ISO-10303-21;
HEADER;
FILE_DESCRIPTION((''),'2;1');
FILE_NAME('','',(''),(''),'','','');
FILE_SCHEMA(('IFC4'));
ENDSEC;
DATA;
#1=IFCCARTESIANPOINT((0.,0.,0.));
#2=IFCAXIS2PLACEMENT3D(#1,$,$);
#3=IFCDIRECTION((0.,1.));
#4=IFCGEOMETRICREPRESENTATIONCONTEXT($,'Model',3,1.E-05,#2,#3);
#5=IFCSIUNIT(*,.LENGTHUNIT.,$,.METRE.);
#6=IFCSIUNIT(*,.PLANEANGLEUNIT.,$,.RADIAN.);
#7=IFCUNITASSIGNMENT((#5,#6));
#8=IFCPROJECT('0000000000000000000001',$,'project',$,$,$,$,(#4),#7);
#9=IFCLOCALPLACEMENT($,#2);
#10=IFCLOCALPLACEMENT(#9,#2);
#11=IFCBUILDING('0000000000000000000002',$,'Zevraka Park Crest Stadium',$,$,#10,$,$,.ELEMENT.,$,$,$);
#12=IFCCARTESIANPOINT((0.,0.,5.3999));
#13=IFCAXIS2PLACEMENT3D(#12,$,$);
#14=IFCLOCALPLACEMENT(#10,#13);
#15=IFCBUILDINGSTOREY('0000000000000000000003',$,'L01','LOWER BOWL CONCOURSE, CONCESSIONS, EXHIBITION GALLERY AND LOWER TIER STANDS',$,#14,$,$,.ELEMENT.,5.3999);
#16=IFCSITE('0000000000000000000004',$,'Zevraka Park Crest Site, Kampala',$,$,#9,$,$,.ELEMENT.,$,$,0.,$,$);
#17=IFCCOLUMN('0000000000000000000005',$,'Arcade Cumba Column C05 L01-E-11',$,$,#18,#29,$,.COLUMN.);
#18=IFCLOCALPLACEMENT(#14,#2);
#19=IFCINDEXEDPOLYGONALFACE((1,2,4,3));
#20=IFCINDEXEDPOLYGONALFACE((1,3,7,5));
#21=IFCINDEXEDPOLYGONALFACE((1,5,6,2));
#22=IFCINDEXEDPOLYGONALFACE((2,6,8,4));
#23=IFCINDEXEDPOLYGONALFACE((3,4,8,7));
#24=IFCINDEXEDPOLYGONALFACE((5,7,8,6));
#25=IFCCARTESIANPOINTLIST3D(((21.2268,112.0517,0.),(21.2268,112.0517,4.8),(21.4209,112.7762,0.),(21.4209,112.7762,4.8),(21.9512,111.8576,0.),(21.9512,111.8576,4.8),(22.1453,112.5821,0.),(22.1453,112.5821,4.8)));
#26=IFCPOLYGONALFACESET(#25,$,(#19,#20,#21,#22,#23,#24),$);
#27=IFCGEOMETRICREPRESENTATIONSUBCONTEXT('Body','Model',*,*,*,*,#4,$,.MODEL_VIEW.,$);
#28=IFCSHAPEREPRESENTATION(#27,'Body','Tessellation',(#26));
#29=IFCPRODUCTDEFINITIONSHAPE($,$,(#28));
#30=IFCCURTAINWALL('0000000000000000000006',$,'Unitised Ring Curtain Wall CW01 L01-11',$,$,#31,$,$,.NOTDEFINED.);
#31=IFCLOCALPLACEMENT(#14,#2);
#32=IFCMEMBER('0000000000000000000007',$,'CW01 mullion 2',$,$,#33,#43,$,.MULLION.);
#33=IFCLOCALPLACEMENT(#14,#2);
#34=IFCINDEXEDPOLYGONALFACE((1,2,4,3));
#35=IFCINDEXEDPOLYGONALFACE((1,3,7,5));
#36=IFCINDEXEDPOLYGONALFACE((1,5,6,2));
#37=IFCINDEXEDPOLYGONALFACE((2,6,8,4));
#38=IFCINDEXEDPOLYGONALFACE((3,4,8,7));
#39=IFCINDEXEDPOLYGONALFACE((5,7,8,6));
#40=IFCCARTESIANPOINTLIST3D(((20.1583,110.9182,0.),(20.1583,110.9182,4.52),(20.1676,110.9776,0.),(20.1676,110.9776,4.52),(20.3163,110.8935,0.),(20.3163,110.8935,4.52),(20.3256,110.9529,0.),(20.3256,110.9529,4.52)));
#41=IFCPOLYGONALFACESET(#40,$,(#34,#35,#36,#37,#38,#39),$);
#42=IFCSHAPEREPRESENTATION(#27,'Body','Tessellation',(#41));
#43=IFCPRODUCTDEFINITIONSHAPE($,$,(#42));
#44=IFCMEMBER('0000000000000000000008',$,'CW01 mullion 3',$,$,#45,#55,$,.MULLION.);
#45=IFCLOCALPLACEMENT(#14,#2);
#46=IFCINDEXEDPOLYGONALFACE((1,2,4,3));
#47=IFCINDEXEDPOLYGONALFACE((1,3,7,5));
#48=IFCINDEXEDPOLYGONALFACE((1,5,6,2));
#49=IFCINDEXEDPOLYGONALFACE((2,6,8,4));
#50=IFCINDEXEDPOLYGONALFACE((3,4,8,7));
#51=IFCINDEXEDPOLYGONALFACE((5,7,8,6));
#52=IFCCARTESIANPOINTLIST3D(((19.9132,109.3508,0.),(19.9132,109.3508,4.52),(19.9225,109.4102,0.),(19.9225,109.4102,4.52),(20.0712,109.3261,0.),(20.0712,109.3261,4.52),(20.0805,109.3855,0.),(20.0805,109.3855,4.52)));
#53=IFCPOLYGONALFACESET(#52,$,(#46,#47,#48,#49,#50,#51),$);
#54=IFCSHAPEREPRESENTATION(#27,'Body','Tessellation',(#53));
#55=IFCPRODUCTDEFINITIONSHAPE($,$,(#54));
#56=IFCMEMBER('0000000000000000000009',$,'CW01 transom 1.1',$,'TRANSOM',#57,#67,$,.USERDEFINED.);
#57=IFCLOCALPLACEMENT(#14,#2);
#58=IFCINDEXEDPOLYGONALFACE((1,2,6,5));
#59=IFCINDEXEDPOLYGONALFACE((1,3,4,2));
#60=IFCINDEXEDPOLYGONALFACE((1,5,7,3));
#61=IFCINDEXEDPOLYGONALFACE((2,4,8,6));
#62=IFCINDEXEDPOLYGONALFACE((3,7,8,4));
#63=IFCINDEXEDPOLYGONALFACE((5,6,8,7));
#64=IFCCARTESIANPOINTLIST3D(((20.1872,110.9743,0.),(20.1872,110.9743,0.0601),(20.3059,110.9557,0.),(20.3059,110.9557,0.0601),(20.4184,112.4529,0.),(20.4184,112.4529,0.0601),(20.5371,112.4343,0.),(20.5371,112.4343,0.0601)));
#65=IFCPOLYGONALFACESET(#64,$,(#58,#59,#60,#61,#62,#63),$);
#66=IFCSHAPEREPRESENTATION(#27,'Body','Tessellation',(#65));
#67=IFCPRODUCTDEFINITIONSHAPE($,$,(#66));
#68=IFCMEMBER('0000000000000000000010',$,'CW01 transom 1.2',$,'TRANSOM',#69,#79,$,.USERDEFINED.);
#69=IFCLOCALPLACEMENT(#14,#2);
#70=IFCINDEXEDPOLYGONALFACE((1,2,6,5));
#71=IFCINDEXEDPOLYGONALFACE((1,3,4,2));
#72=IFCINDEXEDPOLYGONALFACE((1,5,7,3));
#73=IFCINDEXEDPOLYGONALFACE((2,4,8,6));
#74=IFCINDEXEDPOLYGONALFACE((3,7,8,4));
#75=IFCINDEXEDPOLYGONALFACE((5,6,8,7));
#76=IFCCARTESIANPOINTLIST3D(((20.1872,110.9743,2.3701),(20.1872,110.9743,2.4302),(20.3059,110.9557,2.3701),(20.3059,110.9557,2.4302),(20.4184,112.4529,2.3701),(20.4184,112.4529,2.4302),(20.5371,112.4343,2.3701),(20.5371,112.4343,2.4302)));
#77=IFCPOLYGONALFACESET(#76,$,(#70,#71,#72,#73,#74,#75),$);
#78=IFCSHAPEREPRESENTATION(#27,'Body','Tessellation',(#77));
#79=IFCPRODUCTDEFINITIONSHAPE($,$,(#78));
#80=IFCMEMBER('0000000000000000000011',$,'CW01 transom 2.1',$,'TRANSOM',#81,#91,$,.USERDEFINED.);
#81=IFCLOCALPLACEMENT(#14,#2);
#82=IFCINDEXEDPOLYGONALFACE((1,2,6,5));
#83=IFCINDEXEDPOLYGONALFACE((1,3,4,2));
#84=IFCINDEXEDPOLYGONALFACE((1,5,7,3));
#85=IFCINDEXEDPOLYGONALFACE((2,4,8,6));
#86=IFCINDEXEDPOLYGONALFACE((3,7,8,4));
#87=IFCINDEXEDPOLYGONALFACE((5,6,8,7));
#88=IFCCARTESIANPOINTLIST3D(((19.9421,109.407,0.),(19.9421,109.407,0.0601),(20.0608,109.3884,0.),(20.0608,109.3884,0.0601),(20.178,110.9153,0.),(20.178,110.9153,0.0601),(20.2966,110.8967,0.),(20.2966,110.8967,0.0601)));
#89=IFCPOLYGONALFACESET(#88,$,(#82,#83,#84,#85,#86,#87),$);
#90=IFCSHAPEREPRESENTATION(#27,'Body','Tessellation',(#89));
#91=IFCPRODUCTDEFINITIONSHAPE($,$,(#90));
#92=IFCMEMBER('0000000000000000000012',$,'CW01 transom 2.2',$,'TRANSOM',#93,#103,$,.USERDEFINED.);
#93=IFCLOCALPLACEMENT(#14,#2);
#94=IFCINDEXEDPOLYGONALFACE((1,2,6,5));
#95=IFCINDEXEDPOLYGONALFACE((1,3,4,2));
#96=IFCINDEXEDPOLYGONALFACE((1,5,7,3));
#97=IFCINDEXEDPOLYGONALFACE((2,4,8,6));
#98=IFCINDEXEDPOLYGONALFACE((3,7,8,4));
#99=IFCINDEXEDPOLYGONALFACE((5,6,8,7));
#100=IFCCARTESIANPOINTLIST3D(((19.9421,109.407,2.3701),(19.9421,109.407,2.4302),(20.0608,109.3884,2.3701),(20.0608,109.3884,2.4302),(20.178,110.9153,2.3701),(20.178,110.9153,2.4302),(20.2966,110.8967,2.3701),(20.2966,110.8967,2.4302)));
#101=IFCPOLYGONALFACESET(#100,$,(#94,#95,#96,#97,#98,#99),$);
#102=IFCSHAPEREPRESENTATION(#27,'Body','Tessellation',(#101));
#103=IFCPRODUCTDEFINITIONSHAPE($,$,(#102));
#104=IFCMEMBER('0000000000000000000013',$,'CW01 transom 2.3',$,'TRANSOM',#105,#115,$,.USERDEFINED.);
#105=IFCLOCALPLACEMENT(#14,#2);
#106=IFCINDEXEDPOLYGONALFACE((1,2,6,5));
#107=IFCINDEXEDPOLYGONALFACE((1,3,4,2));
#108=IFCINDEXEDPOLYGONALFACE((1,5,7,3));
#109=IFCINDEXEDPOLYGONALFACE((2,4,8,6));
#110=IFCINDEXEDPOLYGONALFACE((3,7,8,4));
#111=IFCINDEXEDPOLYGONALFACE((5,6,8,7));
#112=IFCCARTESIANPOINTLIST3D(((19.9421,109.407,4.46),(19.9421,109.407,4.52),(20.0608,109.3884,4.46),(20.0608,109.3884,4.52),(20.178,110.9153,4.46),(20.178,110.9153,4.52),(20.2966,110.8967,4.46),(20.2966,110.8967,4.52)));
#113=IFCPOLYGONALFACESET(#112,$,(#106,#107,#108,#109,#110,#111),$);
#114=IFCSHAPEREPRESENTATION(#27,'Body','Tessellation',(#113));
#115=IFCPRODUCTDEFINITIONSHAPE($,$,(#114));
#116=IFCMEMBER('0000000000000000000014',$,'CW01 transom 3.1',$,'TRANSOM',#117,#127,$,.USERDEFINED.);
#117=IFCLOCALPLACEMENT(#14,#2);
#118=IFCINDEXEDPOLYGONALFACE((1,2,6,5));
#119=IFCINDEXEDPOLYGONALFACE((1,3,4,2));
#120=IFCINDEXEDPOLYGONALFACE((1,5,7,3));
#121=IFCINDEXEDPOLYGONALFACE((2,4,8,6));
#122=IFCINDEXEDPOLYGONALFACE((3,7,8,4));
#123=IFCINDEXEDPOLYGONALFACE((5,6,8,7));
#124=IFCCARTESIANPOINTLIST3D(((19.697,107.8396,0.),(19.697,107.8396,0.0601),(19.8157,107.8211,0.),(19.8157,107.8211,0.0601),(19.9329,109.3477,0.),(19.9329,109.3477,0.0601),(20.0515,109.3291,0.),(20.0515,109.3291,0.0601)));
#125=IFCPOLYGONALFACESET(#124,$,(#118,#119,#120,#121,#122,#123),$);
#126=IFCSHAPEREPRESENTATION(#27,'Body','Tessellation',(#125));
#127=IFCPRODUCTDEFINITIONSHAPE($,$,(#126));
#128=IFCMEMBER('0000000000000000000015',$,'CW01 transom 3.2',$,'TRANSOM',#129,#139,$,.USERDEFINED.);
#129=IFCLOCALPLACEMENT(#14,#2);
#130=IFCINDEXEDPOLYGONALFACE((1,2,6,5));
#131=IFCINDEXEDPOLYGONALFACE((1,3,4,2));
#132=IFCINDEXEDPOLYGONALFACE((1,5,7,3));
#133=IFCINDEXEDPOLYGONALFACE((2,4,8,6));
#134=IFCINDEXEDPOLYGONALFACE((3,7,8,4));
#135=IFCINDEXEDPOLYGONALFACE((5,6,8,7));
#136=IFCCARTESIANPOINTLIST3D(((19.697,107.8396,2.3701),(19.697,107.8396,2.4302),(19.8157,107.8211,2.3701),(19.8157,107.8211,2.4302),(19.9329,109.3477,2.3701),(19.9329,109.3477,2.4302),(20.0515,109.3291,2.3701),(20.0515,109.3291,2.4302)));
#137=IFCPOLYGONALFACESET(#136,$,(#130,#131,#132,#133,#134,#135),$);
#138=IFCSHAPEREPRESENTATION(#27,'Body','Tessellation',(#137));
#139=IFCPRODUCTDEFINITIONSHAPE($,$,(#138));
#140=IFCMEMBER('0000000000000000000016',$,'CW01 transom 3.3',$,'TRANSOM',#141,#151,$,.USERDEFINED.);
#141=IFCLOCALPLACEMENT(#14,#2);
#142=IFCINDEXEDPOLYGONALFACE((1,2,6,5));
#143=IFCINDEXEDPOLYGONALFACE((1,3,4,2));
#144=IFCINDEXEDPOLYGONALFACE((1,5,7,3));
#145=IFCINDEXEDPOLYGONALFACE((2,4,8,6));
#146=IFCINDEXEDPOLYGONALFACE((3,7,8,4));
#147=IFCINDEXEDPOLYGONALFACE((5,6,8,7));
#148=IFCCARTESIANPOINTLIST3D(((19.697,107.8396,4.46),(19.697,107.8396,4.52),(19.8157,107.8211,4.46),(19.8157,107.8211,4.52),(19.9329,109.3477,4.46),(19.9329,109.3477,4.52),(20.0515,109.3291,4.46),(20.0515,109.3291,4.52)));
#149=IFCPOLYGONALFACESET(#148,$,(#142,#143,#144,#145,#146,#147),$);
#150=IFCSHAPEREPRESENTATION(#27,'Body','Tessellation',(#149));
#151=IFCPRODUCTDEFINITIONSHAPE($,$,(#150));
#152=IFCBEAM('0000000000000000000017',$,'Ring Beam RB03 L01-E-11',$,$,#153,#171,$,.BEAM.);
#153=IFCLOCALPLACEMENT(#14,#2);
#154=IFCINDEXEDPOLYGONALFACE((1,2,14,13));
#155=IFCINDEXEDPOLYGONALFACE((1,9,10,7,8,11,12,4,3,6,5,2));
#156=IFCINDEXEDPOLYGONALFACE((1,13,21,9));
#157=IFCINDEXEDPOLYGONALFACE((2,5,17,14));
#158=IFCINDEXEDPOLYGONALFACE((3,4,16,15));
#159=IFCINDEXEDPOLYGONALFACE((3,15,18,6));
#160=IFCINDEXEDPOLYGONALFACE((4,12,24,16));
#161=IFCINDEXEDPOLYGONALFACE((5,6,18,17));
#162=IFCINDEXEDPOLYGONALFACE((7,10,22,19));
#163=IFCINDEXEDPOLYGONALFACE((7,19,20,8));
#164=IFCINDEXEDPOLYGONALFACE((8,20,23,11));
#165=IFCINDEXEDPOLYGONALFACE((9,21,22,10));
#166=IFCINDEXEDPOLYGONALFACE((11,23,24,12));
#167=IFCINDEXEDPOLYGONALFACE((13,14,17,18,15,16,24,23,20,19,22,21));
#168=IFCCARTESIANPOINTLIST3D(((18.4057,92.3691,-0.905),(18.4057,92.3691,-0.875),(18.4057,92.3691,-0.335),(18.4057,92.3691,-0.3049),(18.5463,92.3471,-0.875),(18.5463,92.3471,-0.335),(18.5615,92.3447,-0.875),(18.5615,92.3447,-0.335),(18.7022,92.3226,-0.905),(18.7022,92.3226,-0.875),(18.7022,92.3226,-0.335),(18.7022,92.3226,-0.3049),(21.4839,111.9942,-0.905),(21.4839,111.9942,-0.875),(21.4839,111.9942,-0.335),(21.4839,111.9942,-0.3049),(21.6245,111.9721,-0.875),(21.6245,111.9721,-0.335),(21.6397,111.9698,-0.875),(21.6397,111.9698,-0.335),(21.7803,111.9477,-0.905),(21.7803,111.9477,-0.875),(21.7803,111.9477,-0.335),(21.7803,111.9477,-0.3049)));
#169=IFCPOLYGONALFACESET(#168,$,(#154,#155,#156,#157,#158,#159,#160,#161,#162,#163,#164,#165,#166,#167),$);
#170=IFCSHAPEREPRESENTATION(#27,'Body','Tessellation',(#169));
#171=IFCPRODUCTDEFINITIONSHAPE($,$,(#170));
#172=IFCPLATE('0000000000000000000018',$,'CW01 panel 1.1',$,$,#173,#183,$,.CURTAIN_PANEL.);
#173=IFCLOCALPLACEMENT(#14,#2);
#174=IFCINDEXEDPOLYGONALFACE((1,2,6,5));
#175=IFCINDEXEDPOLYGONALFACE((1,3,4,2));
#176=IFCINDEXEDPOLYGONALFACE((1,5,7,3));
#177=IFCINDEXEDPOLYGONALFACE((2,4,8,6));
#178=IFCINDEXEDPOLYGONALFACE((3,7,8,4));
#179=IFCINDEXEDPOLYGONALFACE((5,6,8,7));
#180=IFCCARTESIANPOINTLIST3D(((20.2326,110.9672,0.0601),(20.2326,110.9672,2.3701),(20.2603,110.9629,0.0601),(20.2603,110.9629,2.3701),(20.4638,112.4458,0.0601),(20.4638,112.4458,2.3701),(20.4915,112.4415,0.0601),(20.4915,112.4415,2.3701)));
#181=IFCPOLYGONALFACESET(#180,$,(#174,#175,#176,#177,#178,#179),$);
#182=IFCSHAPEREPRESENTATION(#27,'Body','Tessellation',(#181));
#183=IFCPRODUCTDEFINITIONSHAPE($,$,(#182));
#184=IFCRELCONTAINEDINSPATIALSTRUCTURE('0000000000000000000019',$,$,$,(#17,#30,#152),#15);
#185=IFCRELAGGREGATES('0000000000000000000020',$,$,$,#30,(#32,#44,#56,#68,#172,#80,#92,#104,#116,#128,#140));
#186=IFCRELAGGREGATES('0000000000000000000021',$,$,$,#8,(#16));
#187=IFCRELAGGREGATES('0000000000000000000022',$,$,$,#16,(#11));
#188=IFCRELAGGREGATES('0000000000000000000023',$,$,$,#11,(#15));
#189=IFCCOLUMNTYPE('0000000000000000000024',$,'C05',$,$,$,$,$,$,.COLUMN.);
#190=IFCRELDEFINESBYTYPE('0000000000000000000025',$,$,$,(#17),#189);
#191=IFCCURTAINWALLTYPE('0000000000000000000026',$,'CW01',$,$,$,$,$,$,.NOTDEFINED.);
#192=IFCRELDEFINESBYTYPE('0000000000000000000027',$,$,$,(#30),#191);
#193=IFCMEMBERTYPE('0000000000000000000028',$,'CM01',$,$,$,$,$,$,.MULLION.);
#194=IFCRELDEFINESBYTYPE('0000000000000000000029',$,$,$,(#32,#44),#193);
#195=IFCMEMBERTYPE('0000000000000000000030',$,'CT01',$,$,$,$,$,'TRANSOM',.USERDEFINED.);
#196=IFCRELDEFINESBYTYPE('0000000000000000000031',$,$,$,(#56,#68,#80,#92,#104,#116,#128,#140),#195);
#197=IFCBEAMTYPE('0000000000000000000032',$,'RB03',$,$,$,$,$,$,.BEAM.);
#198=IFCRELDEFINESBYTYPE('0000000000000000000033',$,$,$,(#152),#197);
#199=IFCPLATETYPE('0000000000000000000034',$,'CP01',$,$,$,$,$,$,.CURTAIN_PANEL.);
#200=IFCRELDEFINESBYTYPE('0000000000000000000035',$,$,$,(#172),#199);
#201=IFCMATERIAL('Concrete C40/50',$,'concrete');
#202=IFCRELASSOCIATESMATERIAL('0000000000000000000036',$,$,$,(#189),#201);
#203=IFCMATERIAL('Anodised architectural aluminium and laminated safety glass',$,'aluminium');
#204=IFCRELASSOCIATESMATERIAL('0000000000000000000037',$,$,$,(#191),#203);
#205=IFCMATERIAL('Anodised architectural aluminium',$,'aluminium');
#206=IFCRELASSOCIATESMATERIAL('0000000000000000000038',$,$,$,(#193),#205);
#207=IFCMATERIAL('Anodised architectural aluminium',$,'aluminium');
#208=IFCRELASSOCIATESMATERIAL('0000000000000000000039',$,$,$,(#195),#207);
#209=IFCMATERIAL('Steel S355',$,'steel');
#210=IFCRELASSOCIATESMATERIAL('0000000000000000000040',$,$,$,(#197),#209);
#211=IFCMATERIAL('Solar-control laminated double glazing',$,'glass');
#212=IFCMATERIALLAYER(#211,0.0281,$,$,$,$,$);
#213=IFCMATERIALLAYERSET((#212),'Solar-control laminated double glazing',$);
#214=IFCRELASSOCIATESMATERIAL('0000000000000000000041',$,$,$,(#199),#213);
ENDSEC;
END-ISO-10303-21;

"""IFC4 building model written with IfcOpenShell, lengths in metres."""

from ifc_helpers import new_model, si_unit, direction, frame, origin, origin_2d, place, context, subcontext, project, spatial, rectangle, i_section, extrude, material, layer, layer_set, material_profile, profile_set, type_object, element, aggregate, save


model = new_model("IFC4")

# Units and contexts
model_context = context("Model", 3, precision=1e-05, world=origin(), true_north=direction((0.0, 1.0)))
body_context = subcontext(model_context, "Body", "Model", "MODEL_VIEW")
ifc_project = project(units=[si_unit("LENGTHUNIT", "METRE"), si_unit("PLANEANGLEUNIT", "RADIAN")], contexts=[model_context])

# Site, building, storey
site_placement = place(None, origin())
site = spatial("IfcSite", under=ifc_project, at=site_placement, Name="Zevraka Park Crest Site, Kampala", CompositionType="ELEMENT", RefElevation=0.0)
building_placement = place(site_placement, origin())
building = spatial("IfcBuilding", under=site, at=building_placement, Name="Zevraka Park Crest Stadium", CompositionType="ELEMENT")
storey_placement = place(building_placement, frame((0.0, 0.0, 5.3999)))
storey = spatial("IfcBuildingStorey", under=building, at=storey_placement, Name="L01", Description="LOWER BOWL CONCOURSE, CONCESSIONS, EXHIBITION GALLERY AND LOWER TIER STANDS", CompositionType="ELEMENT", Elevation=5.3999)

# Column
ifc_material_1 = material(Name="Concrete C40/50", Category="concrete")
ifc_material_profile_1 = material_profile(ifc_material_1, rectangle(XDim=0.75, YDim=0.75, at=origin_2d()), Name="RC 750x750")
ifc_profile_set_1 = profile_set([ifc_material_profile_1], Name="Concrete C40/50")
column_type = type_object("IfcColumnType", Name="C05", PredefinedType="COLUMN", material=ifc_profile_set_1)
column_placement = place(storey_placement, frame((21.686, 112.3169, 0.0), z_axis=(0.0, 0.0, 1.0), x_axis=(-0.965926, 0.258819, 0.0)))
element("IfcColumn", 1, at=column_placement, inside=storey, type_object=column_type, Name="Arcade Cumba Column C05 L01-E-11", PredefinedType="COLUMN", context=body_context, shape_type="SweptSolid", body=[
    extrude(rectangle(XDim=0.75, YDim=0.75, at=origin_2d()), origin(), (0.0, 0.0, 1.0), 4.8),
])

# Curtain wall, members
ifc_material_2 = material(Name="Anodised architectural aluminium and laminated safety glass", Category="aluminium")
curtain_wall_type = type_object("IfcCurtainWallType", Name="CW01", PredefinedType="NOTDEFINED", material=ifc_material_2)
curtain_wall_placement = place(storey_placement, origin())
curtain_wall = element("IfcCurtainWall", 2, at=curtain_wall_placement, inside=storey, type_object=curtain_wall_type, Name="Unitised Ring Curtain Wall CW01 L01-11", PredefinedType="NOTDEFINED")
ifc_material_3 = material(Name="Anodised architectural aluminium", Category="aluminium")
ifc_material_profile_2 = material_profile(ifc_material_3, rectangle(XDim=0.1599, YDim=0.0601, at=origin_2d()), Name="ALU MULLION 160x60")
ifc_profile_set_2 = profile_set([ifc_material_profile_2], Name="Anodised architectural aluminium")
member_type_1 = type_object("IfcMemberType", Name="CM01", PredefinedType="MULLION", material=ifc_profile_set_2)
member_1_placement = place(storey_placement, frame((20.2419, 110.9355, 0.0), z_axis=(0.0, 0.0, 1.0), x_axis=(0.987997, -0.154476, 0.0)))
member_1 = element("IfcMember", 3, at=member_1_placement, type_object=member_type_1, Name="CW01 mullion 2", PredefinedType="MULLION", context=body_context, shape_type="SweptSolid", body=[
    extrude(rectangle(XDim=0.1599, YDim=0.0601, at=origin_2d()), origin(), (0.0, 0.0, 1.0), 4.52),
])
member_2_placement = place(storey_placement, frame((19.9968, 109.3682, 0.0), z_axis=(0.0, 0.0, 1.0), x_axis=(0.987997, -0.154476, 0.0)))
member_2 = element("IfcMember", 4, at=member_2_placement, type_object=member_type_1, Name="CW01 mullion 3", PredefinedType="MULLION", context=body_context, shape_type="SweptSolid", body=[
    extrude(rectangle(XDim=0.1599, YDim=0.0601, at=origin_2d()), origin(), (0.0, 0.0, 1.0), 4.52),
])
ifc_material_4 = material(Name="Anodised architectural aluminium", Category="aluminium")
ifc_material_profile_3 = material_profile(ifc_material_4, rectangle(XDim=0.1201, YDim=0.0601, at=origin_2d()), Name="ALU TRANSOM 120x60")
ifc_profile_set_3 = profile_set([ifc_material_profile_3], Name="Anodised architectural aluminium")
member_type_2 = type_object("IfcMemberType", Name="CT01", ElementType="TRANSOM", PredefinedType="USERDEFINED", material=ifc_profile_set_3)
member_3_placement = place(storey_placement, frame((20.4778, 112.4436, 0.03), z_axis=(-0.154496, -0.987993, 0.0), x_axis=(0.987993, -0.154496, 0.0)))
member_3 = element("IfcMember", 5, at=member_3_placement, type_object=member_type_2, Name="CW01 transom 1.1", ObjectType="TRANSOM", PredefinedType="USERDEFINED", context=body_context, shape_type="SweptSolid", body=[
    extrude(rectangle(XDim=0.1201, YDim=0.0601, at=origin_2d()), origin(), (0.0, 0.0, 1.0), 1.4966),
])
member_4_placement = place(storey_placement, frame((20.4778, 112.4436, 2.4001), z_axis=(-0.154496, -0.987993, 0.0), x_axis=(0.987993, -0.154496, 0.0)))
member_4 = element("IfcMember", 6, at=member_4_placement, type_object=member_type_2, Name="CW01 transom 1.2", ObjectType="TRANSOM", PredefinedType="USERDEFINED", context=body_context, shape_type="SweptSolid", body=[
    extrude(rectangle(XDim=0.1201, YDim=0.0601, at=origin_2d()), origin(), (0.0, 0.0, 1.0), 1.4966),
])
member_5_placement = place(storey_placement, frame((20.2373, 110.906, 0.03), z_axis=(-0.154484, -0.987995, 0.0), x_axis=(0.987995, -0.154484, 0.0)))
member_5 = element("IfcMember", 7, at=member_5_placement, type_object=member_type_2, Name="CW01 transom 2.1", ObjectType="TRANSOM", PredefinedType="USERDEFINED", context=body_context, shape_type="SweptSolid", body=[
    extrude(rectangle(XDim=0.1201, YDim=0.0601, at=origin_2d()), origin(), (0.0, 0.0, 1.0), 1.5266),
])
member_6_placement = place(storey_placement, frame((20.2373, 110.906, 2.4001), z_axis=(-0.154484, -0.987995, 0.0), x_axis=(0.987995, -0.154484, 0.0)))
member_6 = element("IfcMember", 8, at=member_6_placement, type_object=member_type_2, Name="CW01 transom 2.2", ObjectType="TRANSOM", PredefinedType="USERDEFINED", context=body_context, shape_type="SweptSolid", body=[
    extrude(rectangle(XDim=0.1201, YDim=0.0601, at=origin_2d()), origin(), (0.0, 0.0, 1.0), 1.5266),
])
member_7_placement = place(storey_placement, frame((20.2373, 110.906, 4.49), z_axis=(-0.154484, -0.987995, 0.0), x_axis=(0.987995, -0.154484, 0.0)))
member_7 = element("IfcMember", 9, at=member_7_placement, type_object=member_type_2, Name="CW01 transom 2.3", ObjectType="TRANSOM", PredefinedType="USERDEFINED", context=body_context, shape_type="SweptSolid", body=[
    extrude(rectangle(XDim=0.1201, YDim=0.0601, at=origin_2d()), origin(), (0.0, 0.0, 1.0), 1.5266),
])
member_8_placement = place(storey_placement, frame((19.9922, 109.3384, 0.03), z_axis=(-0.154509, -0.987991, 0.0), x_axis=(0.987991, -0.154509, 0.0)))
member_8 = element("IfcMember", 10, at=member_8_placement, type_object=member_type_2, Name="CW01 transom 3.1", ObjectType="TRANSOM", PredefinedType="USERDEFINED", context=body_context, shape_type="SweptSolid", body=[
    extrude(rectangle(XDim=0.1201, YDim=0.0601, at=origin_2d()), origin(), (0.0, 0.0, 1.0), 1.5264),
])
member_9_placement = place(storey_placement, frame((19.9922, 109.3384, 2.4001), z_axis=(-0.154509, -0.987991, 0.0), x_axis=(0.987991, -0.154509, 0.0)))
member_9 = element("IfcMember", 11, at=member_9_placement, type_object=member_type_2, Name="CW01 transom 3.2", ObjectType="TRANSOM", PredefinedType="USERDEFINED", context=body_context, shape_type="SweptSolid", body=[
    extrude(rectangle(XDim=0.1201, YDim=0.0601, at=origin_2d()), origin(), (0.0, 0.0, 1.0), 1.5264),
])
member_10_placement = place(storey_placement, frame((19.9922, 109.3384, 4.49), z_axis=(-0.154509, -0.987991, 0.0), x_axis=(0.987991, -0.154509, 0.0)))
member_10 = element("IfcMember", 12, at=member_10_placement, type_object=member_type_2, Name="CW01 transom 3.3", ObjectType="TRANSOM", PredefinedType="USERDEFINED", context=body_context, shape_type="SweptSolid", body=[
    extrude(rectangle(XDim=0.1201, YDim=0.0601, at=origin_2d()), origin(), (0.0, 0.0, 1.0), 1.5264),
])

# Beam
ifc_material_5 = material(Name="Steel S355", Category="steel")
ifc_material_profile_4 = material_profile(ifc_material_5, i_section(OverallWidth=0.3, OverallDepth=0.6001, WebThickness=0.0154, FlangeThickness=0.03, at=origin_2d()), Name="HEB 600")
ifc_profile_set_4 = profile_set([ifc_material_profile_4], Name="Steel S355")
beam_type = type_object("IfcBeamType", Name="RB03", PredefinedType="BEAM", material=ifc_profile_set_4)
beam_placement = place(storey_placement, frame((21.6321, 111.9709, -0.605), z_axis=(-0.154953, -0.987922, 0.0), x_axis=(0.987922, -0.154953, 0.0)))
element("IfcBeam", 13, at=beam_placement, inside=storey, type_object=beam_type, Name="Ring Beam RB03 L01-E-11", PredefinedType="BEAM", context=body_context, shape_type="SweptSolid", body=[
    extrude(i_section(OverallWidth=0.3, OverallDepth=0.6001, WebThickness=0.0154, FlangeThickness=0.03, at=origin_2d()), origin(), (0.0, 0.0, 1.0), 19.865),
])

# Plate
ifc_material_6 = material(Name="Solar-control laminated double glazing", Category="glass")
ifc_layer_1 = layer(ifc_material_6, 0.0281)
ifc_layer_set_1 = layer_set([ifc_layer_1], Name="Solar-control laminated double glazing")
plate_type = type_object("IfcPlateType", Name="CP01", PredefinedType="CURTAIN_PANEL", material=ifc_layer_set_1)
plate_1_placement = place(storey_placement, frame((20.3621, 111.7043, 0.0601), z_axis=(0.0, 0.0, 1.0), x_axis=(-0.154476, -0.987997, 0.0)))
plate_1 = element("IfcPlate", 14, at=plate_1_placement, type_object=plate_type, Name="CW01 panel 1.1", PredefinedType="CURTAIN_PANEL", context=body_context, shape_type="SweptSolid", body=[
    extrude(rectangle(XDim=1.4966, YDim=0.0281, at=origin_2d()), origin(), (0.0, 0.0, 1.0), 2.3101),
])
aggregate(curtain_wall, [member_1, member_2, member_3, member_4, plate_1, member_5, member_6, member_7, member_8, member_9, member_10])

save(model, "model.ifc")
